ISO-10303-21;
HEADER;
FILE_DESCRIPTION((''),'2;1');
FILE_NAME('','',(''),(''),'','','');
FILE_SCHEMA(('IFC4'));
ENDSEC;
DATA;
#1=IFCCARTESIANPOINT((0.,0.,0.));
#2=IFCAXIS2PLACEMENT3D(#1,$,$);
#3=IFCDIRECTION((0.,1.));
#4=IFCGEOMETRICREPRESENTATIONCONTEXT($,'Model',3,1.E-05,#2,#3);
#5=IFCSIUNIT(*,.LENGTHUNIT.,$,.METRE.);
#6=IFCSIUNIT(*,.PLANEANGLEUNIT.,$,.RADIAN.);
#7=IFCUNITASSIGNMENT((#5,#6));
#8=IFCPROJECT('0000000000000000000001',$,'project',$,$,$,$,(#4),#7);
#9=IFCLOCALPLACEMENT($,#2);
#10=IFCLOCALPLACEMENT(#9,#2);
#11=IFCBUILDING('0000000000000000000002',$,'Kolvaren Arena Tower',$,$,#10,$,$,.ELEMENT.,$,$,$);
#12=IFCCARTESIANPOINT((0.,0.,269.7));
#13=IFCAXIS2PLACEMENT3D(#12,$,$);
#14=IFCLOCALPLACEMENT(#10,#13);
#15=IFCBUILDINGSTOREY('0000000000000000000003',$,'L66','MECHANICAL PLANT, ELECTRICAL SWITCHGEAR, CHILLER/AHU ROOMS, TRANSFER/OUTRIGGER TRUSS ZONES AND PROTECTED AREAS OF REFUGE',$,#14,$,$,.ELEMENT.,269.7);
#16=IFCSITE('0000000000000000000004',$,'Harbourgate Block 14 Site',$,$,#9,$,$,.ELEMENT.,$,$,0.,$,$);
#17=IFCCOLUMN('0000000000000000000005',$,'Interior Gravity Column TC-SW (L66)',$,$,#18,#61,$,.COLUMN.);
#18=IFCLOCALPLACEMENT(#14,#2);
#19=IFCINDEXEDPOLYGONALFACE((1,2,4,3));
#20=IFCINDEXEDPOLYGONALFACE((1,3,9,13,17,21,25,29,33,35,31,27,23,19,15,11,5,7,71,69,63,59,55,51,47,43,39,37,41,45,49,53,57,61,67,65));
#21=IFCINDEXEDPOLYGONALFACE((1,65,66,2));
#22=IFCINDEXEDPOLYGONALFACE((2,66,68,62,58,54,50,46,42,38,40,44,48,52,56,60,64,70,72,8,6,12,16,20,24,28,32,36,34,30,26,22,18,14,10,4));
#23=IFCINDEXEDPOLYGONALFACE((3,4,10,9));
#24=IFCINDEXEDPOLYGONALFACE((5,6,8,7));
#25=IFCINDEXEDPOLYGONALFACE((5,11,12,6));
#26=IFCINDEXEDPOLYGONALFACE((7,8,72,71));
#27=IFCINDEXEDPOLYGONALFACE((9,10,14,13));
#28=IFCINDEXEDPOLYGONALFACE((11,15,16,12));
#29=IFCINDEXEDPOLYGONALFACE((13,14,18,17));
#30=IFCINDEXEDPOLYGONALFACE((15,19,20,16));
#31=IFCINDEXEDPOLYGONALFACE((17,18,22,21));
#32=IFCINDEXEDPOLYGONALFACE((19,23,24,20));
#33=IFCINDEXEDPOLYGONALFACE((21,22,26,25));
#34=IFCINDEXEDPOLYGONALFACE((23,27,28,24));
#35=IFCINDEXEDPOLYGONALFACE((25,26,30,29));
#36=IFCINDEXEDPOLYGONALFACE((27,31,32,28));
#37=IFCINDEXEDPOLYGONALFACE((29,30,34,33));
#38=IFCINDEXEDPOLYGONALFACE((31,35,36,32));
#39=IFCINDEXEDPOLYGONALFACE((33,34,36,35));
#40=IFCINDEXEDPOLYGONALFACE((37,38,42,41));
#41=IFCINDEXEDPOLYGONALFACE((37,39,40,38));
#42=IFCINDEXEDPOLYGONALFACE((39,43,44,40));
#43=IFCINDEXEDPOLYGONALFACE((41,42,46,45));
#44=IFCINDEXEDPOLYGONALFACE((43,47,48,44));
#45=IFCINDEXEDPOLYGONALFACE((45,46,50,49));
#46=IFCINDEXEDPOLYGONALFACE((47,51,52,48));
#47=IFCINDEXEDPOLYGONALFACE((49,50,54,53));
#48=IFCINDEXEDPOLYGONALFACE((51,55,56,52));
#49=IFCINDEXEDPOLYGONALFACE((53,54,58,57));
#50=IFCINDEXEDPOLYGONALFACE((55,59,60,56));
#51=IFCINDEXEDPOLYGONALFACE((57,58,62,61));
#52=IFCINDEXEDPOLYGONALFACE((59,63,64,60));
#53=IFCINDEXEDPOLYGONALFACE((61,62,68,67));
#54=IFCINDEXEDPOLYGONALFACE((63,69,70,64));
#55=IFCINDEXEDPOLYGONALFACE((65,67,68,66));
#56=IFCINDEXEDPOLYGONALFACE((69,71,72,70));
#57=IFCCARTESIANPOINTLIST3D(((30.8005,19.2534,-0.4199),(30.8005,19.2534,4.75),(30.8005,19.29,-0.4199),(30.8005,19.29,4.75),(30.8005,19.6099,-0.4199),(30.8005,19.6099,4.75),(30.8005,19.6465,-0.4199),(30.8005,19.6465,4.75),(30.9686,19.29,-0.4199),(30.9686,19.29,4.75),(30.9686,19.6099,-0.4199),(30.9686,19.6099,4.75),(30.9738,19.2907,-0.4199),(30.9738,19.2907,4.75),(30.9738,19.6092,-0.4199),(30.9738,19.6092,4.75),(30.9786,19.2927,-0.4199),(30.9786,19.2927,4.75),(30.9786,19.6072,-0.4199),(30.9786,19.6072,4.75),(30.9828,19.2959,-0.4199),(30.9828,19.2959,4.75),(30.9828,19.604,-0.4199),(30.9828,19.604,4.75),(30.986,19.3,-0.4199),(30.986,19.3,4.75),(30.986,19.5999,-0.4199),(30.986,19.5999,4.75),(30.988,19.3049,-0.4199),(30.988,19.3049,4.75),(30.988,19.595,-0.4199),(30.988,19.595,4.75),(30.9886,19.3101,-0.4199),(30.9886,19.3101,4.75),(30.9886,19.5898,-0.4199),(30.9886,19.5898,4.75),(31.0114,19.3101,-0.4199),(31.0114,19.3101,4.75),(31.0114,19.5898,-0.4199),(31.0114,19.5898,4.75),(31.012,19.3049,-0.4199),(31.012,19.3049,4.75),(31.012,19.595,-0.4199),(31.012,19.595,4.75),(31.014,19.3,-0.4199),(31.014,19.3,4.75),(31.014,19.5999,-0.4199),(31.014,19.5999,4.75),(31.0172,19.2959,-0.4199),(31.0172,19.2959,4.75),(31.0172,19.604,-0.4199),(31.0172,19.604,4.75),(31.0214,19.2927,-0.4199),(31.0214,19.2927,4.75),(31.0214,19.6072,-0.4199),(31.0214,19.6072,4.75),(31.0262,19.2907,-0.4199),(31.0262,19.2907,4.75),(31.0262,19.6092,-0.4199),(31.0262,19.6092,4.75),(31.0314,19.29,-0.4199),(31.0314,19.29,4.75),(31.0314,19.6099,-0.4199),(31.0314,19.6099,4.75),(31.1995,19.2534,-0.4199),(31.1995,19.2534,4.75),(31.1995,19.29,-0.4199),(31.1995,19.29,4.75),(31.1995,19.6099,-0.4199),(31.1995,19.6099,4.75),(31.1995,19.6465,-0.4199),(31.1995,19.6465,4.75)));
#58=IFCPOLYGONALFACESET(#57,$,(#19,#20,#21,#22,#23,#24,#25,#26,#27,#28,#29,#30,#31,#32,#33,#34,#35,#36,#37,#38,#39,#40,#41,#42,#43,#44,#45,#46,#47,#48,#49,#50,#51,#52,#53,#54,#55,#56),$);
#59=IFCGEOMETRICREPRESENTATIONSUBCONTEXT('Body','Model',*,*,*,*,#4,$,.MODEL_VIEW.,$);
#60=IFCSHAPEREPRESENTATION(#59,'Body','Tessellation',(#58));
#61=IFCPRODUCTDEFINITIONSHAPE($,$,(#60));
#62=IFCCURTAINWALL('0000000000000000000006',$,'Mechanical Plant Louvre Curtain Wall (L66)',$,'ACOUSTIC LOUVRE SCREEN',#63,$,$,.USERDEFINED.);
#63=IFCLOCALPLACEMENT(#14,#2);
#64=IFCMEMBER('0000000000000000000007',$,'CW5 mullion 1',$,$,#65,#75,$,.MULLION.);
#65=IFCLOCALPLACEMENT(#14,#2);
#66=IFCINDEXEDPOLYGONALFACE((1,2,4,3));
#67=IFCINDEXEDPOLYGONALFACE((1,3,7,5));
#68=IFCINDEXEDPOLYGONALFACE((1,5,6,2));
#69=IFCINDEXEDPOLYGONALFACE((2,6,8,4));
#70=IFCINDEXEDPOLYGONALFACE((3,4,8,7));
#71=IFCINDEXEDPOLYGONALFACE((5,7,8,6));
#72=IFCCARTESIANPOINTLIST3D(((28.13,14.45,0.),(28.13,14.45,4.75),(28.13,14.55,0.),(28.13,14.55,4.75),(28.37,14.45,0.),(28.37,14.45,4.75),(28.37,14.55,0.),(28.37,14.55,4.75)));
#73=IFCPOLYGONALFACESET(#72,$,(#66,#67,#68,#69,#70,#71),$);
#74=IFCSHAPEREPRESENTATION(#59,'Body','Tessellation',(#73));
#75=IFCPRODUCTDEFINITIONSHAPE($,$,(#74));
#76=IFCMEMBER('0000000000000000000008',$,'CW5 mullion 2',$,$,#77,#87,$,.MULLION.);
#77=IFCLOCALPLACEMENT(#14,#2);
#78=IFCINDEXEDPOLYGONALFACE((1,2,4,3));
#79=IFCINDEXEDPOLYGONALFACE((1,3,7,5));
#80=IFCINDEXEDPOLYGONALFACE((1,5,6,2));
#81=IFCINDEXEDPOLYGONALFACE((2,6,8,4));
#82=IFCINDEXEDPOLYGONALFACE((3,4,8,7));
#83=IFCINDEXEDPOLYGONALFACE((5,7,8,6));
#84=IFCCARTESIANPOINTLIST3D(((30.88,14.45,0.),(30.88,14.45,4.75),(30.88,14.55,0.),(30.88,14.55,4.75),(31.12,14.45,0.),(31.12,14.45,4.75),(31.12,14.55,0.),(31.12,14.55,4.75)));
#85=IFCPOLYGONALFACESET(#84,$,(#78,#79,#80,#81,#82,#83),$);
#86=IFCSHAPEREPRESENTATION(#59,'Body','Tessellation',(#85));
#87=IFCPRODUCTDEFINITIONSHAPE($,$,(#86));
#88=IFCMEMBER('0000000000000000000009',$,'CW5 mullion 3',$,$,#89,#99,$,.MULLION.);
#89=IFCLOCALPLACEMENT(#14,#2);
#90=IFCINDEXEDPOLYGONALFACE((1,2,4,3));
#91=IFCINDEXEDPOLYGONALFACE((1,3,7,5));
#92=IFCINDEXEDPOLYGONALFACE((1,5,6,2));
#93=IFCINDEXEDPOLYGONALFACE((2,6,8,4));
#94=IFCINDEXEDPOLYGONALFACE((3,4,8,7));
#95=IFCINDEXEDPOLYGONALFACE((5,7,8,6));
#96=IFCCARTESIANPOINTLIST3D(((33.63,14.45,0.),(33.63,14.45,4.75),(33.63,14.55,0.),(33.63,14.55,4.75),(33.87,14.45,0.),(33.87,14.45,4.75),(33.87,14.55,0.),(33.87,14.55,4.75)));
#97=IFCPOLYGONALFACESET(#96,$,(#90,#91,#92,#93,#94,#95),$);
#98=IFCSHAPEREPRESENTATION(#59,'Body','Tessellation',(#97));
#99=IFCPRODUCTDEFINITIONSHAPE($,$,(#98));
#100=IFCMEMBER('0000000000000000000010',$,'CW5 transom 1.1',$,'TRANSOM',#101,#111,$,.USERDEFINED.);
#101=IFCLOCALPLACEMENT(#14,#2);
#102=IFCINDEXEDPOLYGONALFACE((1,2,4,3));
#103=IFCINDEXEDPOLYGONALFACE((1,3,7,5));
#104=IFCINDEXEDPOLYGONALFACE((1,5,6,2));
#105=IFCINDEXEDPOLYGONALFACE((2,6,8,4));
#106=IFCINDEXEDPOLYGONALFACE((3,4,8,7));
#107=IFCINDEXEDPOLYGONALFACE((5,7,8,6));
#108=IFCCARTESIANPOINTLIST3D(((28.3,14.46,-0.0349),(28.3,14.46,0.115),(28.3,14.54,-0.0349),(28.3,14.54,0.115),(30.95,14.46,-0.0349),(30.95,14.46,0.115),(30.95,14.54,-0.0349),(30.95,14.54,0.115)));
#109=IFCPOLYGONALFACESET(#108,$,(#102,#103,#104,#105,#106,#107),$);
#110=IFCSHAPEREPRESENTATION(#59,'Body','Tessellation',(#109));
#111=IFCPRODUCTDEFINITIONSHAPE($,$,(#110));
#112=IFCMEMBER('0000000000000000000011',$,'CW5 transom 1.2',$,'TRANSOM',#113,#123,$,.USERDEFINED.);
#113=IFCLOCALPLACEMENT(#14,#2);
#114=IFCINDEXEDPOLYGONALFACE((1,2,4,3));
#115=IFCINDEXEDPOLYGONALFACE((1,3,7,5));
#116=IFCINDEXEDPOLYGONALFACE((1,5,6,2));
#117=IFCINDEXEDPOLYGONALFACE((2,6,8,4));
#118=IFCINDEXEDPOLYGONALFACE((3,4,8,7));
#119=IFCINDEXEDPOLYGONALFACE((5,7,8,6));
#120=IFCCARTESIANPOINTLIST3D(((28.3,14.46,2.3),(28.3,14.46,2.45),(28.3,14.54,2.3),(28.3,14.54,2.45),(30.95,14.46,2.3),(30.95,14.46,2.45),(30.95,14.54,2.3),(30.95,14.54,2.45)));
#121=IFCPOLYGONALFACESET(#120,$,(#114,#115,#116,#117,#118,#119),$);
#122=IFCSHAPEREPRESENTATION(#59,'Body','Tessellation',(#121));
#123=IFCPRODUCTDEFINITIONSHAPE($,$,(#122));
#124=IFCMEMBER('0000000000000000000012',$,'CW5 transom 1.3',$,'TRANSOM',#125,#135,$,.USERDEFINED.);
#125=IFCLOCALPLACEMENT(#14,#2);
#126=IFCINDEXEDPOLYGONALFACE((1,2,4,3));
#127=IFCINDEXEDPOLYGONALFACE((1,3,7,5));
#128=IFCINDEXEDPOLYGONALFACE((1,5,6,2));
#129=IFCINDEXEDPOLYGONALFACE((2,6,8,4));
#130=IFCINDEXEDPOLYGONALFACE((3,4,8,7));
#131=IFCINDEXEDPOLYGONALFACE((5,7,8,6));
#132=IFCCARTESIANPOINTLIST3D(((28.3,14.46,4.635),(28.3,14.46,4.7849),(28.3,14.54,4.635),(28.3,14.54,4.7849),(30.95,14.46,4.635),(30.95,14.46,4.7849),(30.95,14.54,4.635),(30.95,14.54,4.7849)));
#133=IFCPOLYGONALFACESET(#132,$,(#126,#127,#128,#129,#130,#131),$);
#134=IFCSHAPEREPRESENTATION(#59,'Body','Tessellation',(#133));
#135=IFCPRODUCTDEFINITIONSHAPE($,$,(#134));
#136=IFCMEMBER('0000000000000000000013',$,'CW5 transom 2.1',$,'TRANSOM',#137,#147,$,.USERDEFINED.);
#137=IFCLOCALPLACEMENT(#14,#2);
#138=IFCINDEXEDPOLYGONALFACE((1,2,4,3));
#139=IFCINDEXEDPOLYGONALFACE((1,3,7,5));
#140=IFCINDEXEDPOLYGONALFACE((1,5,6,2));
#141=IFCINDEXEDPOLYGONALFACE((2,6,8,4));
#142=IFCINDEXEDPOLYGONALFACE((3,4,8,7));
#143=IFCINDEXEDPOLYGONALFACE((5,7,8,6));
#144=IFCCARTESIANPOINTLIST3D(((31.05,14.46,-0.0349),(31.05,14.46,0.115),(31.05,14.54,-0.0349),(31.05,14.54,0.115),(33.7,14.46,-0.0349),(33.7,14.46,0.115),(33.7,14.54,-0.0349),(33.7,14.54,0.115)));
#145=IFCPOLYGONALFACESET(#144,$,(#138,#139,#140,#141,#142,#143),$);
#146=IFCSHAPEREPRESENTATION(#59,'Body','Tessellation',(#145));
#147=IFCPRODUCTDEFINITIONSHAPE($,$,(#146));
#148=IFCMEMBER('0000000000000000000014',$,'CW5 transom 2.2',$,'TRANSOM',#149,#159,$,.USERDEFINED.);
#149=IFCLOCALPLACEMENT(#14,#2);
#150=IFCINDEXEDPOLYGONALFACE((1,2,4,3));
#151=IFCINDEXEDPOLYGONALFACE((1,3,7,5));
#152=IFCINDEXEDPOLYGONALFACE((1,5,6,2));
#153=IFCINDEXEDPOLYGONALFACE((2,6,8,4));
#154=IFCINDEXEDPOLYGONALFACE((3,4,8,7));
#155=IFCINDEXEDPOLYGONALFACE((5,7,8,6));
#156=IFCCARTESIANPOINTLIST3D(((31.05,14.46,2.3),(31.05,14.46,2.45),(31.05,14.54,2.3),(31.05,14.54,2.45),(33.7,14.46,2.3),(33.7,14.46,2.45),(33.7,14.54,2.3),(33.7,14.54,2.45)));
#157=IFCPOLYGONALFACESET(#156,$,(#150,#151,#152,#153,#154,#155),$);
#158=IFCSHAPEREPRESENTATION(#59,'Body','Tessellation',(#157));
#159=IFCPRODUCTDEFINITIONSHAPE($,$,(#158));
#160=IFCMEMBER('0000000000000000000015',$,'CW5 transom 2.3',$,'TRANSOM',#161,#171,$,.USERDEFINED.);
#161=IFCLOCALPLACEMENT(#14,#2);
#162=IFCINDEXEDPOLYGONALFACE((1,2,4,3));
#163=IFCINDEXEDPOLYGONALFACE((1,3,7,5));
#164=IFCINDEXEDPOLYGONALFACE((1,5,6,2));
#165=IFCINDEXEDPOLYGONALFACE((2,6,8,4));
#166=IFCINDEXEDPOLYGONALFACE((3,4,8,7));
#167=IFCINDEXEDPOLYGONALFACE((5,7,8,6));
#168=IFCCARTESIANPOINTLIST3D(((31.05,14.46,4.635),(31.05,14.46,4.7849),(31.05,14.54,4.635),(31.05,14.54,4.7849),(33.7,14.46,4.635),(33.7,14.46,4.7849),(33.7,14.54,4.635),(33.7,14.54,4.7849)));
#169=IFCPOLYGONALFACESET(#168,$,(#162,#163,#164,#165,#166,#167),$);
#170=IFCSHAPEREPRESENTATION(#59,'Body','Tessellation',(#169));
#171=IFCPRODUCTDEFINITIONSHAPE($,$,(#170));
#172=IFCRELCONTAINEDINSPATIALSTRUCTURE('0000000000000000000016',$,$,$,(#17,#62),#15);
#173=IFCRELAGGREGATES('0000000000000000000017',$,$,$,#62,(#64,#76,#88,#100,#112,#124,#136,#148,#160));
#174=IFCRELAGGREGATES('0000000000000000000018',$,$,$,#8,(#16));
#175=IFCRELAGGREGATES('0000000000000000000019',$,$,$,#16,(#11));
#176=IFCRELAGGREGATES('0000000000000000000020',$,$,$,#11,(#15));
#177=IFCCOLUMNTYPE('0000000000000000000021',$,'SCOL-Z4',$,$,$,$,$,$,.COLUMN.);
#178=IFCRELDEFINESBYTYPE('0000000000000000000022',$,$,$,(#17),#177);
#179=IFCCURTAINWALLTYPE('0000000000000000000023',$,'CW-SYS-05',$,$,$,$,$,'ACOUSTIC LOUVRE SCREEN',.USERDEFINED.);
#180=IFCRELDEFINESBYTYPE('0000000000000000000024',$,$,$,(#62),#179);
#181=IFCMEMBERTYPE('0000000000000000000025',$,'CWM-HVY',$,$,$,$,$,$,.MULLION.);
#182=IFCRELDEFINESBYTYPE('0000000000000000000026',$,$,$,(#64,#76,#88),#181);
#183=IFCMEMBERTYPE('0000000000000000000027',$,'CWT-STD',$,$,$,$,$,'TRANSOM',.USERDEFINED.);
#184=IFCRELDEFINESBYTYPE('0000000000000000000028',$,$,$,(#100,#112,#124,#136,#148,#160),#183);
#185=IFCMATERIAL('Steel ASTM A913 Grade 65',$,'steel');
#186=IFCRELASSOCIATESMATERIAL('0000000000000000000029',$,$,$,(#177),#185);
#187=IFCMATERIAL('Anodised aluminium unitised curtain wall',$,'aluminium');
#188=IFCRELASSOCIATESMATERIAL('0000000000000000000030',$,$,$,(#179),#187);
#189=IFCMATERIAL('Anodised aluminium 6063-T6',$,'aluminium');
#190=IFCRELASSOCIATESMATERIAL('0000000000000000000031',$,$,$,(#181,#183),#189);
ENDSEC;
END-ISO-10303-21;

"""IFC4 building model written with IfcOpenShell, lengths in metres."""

from ifc_helpers import new_model, si_unit, direction, frame, origin, origin_2d, place, context, subcontext, project, spatial, rectangle, i_section, extrude, material, material_profile, profile_set, type_object, element, aggregate, save


model = new_model("IFC4")

# Units and contexts
model_context = context("Model", 3, precision=1e-05, world=origin(), true_north=direction((0.0, 1.0)))
body_context = subcontext(model_context, "Body", "Model", "MODEL_VIEW")
ifc_project = project(units=[si_unit("LENGTHUNIT", "METRE"), si_unit("PLANEANGLEUNIT", "RADIAN")], contexts=[model_context])

# Site, building, storey
site_placement = place(None, origin())
site = spatial("IfcSite", under=ifc_project, at=site_placement, Name="Harbourgate Block 14 Site", CompositionType="ELEMENT", RefElevation=0.0)
building_placement = place(site_placement, origin())
building = spatial("IfcBuilding", under=site, at=building_placement, Name="Kolvaren Arena Tower", CompositionType="ELEMENT")
storey_placement = place(building_placement, frame((0.0, 0.0, 269.7)))
storey = spatial("IfcBuildingStorey", under=building, at=storey_placement, Name="L66", Description="MECHANICAL PLANT, ELECTRICAL SWITCHGEAR, CHILLER/AHU ROOMS, TRANSFER/OUTRIGGER TRUSS ZONES AND PROTECTED AREAS OF REFUGE", CompositionType="ELEMENT", Elevation=269.7)

# Column
ifc_material_1 = material(Name="Steel ASTM A913 Grade 65", Category="steel")
ifc_material_profile_1 = material_profile(ifc_material_1, i_section(OverallWidth=0.3989, OverallDepth=0.3931, WebThickness=0.0227, FlangeThickness=0.0366, FilletRadius=0.02, at=origin_2d()), Name="W360x287")
ifc_profile_set_1 = profile_set([ifc_material_profile_1], Name="Steel ASTM A913 Grade 65")
column_type = type_object("IfcColumnType", Name="SCOL-Z4", PredefinedType="COLUMN", material=ifc_profile_set_1)
column_placement = place(storey_placement, frame((31.0, 19.45, -0.4199), z_axis=(0.0, 0.0, 1.0), x_axis=(1.0, 0.0, 0.0)))
element("IfcColumn", 1, at=column_placement, inside=storey, type_object=column_type, Name="Interior Gravity Column TC-SW (L66)", PredefinedType="COLUMN", context=body_context, shape_type="SweptSolid", body=[
    extrude(i_section(OverallWidth=0.3989, OverallDepth=0.3931, WebThickness=0.0227, FlangeThickness=0.0366, FilletRadius=0.02, at=origin_2d()), origin(), (0.0, 0.0, 1.0), 5.1699),
])

# Curtain wall, members
ifc_material_2 = material(Name="Anodised aluminium unitised curtain wall", Category="aluminium")
curtain_wall_type = type_object("IfcCurtainWallType", Name="CW-SYS-05", ElementType="ACOUSTIC LOUVRE SCREEN", PredefinedType="USERDEFINED", material=ifc_material_2)
curtain_wall_placement = place(storey_placement, origin())
curtain_wall = element("IfcCurtainWall", 2, at=curtain_wall_placement, inside=storey, type_object=curtain_wall_type, Name="Mechanical Plant Louvre Curtain Wall (L66)", ObjectType="ACOUSTIC LOUVRE SCREEN", PredefinedType="USERDEFINED")
ifc_material_3 = material(Name="Anodised aluminium 6063-T6", Category="aluminium")
ifc_material_profile_2 = material_profile(ifc_material_3, rectangle(XDim=0.1001, YDim=0.24, at=origin_2d()), Name="ALU-100x240")
ifc_profile_set_2 = profile_set([ifc_material_profile_2], Name="Anodised aluminium 6063-T6")
member_type_1 = type_object("IfcMemberType", Name="CWM-HVY", PredefinedType="MULLION", material=ifc_profile_set_2)
member_1_placement = place(storey_placement, frame((28.25, 14.5, 0.0), z_axis=(0.0, 0.0, 1.0), x_axis=(0.0, 1.0, 0.0)))
member_1 = element("IfcMember", 3, at=member_1_placement, type_object=member_type_1, Name="CW5 mullion 1", PredefinedType="MULLION", context=body_context, shape_type="SweptSolid", body=[
    extrude(rectangle(XDim=0.1001, YDim=0.24, at=origin_2d()), origin(), (0.0, 0.0, 1.0), 4.75),
])
member_2_placement = place(storey_placement, frame((31.0, 14.5, 0.0), z_axis=(0.0, 0.0, 1.0), x_axis=(0.0, 1.0, 0.0)))
member_2 = element("IfcMember", 4, at=member_2_placement, type_object=member_type_1, Name="CW5 mullion 2", PredefinedType="MULLION", context=body_context, shape_type="SweptSolid", body=[
    extrude(rectangle(XDim=0.1001, YDim=0.24, at=origin_2d()), origin(), (0.0, 0.0, 1.0), 4.75),
])
member_3_placement = place(storey_placement, frame((33.75, 14.5, 0.0), z_axis=(0.0, 0.0, 1.0), x_axis=(0.0, 1.0, 0.0)))
member_3 = element("IfcMember", 5, at=member_3_placement, type_object=member_type_1, Name="CW5 mullion 3", PredefinedType="MULLION", context=body_context, shape_type="SweptSolid", body=[
    extrude(rectangle(XDim=0.1001, YDim=0.24, at=origin_2d()), origin(), (0.0, 0.0, 1.0), 4.75),
])
ifc_material_profile_3 = material_profile(ifc_material_3, rectangle(XDim=0.0801, YDim=0.1499, at=origin_2d()), Name="ALU-80x150")
ifc_profile_set_3 = profile_set([ifc_material_profile_3], Name="Anodised aluminium 6063-T6")
member_type_2 = type_object("IfcMemberType", Name="CWT-STD", ElementType="TRANSOM", PredefinedType="USERDEFINED", material=ifc_profile_set_3)
member_4_placement = place(storey_placement, frame((28.3, 14.5, 0.04), z_axis=(1.0, 0.0, 0.0), x_axis=(0.0, 1.0, 0.0)))
member_4 = element("IfcMember", 6, at=member_4_placement, type_object=member_type_2, Name="CW5 transom 1.1", ObjectType="TRANSOM", PredefinedType="USERDEFINED", context=body_context, shape_type="SweptSolid", body=[
    extrude(rectangle(XDim=0.0801, YDim=0.1499, at=origin_2d()), origin(), (0.0, 0.0, 1.0), 2.6499),
])
member_5_placement = place(storey_placement, frame((28.3, 14.5, 2.375), z_axis=(1.0, 0.0, 0.0), x_axis=(0.0, 1.0, 0.0)))
member_5 = element("IfcMember", 7, at=member_5_placement, type_object=member_type_2, Name="CW5 transom 1.2", ObjectType="TRANSOM", PredefinedType="USERDEFINED", context=body_context, shape_type="SweptSolid", body=[
    extrude(rectangle(XDim=0.0801, YDim=0.1499, at=origin_2d()), origin(), (0.0, 0.0, 1.0), 2.6499),
])
member_6_placement = place(storey_placement, frame((28.3, 14.5, 4.71), z_axis=(1.0, 0.0, 0.0), x_axis=(0.0, 1.0, 0.0)))
member_6 = element("IfcMember", 8, at=member_6_placement, type_object=member_type_2, Name="CW5 transom 1.3", ObjectType="TRANSOM", PredefinedType="USERDEFINED", context=body_context, shape_type="SweptSolid", body=[
    extrude(rectangle(XDim=0.0801, YDim=0.1499, at=origin_2d()), origin(), (0.0, 0.0, 1.0), 2.6499),
])
member_7_placement = place(storey_placement, frame((31.05, 14.5, 0.04), z_axis=(1.0, 0.0, 0.0), x_axis=(0.0, 1.0, 0.0)))
member_7 = element("IfcMember", 9, at=member_7_placement, type_object=member_type_2, Name="CW5 transom 2.1", ObjectType="TRANSOM", PredefinedType="USERDEFINED", context=body_context, shape_type="SweptSolid", body=[
    extrude(rectangle(XDim=0.0801, YDim=0.1499, at=origin_2d()), origin(), (0.0, 0.0, 1.0), 2.6499),
])
member_8_placement = place(storey_placement, frame((31.05, 14.5, 2.375), z_axis=(1.0, 0.0, 0.0), x_axis=(0.0, 1.0, 0.0)))
member_8 = element("IfcMember", 10, at=member_8_placement, type_object=member_type_2, Name="CW5 transom 2.2", ObjectType="TRANSOM", PredefinedType="USERDEFINED", context=body_context, shape_type="SweptSolid", body=[
    extrude(rectangle(XDim=0.0801, YDim=0.1499, at=origin_2d()), origin(), (0.0, 0.0, 1.0), 2.6499),
])
member_9_placement = place(storey_placement, frame((31.05, 14.5, 4.71), z_axis=(1.0, 0.0, 0.0), x_axis=(0.0, 1.0, 0.0)))
member_9 = element("IfcMember", 11, at=member_9_placement, type_object=member_type_2, Name="CW5 transom 2.3", ObjectType="TRANSOM", PredefinedType="USERDEFINED", context=body_context, shape_type="SweptSolid", body=[
    extrude(rectangle(XDim=0.0801, YDim=0.1499, at=origin_2d()), origin(), (0.0, 0.0, 1.0), 2.6499),
])

aggregate(curtain_wall, [member_1, member_2, member_3, member_4, member_5, member_6, member_7, member_8, member_9])

save(model, "model.ifc")
